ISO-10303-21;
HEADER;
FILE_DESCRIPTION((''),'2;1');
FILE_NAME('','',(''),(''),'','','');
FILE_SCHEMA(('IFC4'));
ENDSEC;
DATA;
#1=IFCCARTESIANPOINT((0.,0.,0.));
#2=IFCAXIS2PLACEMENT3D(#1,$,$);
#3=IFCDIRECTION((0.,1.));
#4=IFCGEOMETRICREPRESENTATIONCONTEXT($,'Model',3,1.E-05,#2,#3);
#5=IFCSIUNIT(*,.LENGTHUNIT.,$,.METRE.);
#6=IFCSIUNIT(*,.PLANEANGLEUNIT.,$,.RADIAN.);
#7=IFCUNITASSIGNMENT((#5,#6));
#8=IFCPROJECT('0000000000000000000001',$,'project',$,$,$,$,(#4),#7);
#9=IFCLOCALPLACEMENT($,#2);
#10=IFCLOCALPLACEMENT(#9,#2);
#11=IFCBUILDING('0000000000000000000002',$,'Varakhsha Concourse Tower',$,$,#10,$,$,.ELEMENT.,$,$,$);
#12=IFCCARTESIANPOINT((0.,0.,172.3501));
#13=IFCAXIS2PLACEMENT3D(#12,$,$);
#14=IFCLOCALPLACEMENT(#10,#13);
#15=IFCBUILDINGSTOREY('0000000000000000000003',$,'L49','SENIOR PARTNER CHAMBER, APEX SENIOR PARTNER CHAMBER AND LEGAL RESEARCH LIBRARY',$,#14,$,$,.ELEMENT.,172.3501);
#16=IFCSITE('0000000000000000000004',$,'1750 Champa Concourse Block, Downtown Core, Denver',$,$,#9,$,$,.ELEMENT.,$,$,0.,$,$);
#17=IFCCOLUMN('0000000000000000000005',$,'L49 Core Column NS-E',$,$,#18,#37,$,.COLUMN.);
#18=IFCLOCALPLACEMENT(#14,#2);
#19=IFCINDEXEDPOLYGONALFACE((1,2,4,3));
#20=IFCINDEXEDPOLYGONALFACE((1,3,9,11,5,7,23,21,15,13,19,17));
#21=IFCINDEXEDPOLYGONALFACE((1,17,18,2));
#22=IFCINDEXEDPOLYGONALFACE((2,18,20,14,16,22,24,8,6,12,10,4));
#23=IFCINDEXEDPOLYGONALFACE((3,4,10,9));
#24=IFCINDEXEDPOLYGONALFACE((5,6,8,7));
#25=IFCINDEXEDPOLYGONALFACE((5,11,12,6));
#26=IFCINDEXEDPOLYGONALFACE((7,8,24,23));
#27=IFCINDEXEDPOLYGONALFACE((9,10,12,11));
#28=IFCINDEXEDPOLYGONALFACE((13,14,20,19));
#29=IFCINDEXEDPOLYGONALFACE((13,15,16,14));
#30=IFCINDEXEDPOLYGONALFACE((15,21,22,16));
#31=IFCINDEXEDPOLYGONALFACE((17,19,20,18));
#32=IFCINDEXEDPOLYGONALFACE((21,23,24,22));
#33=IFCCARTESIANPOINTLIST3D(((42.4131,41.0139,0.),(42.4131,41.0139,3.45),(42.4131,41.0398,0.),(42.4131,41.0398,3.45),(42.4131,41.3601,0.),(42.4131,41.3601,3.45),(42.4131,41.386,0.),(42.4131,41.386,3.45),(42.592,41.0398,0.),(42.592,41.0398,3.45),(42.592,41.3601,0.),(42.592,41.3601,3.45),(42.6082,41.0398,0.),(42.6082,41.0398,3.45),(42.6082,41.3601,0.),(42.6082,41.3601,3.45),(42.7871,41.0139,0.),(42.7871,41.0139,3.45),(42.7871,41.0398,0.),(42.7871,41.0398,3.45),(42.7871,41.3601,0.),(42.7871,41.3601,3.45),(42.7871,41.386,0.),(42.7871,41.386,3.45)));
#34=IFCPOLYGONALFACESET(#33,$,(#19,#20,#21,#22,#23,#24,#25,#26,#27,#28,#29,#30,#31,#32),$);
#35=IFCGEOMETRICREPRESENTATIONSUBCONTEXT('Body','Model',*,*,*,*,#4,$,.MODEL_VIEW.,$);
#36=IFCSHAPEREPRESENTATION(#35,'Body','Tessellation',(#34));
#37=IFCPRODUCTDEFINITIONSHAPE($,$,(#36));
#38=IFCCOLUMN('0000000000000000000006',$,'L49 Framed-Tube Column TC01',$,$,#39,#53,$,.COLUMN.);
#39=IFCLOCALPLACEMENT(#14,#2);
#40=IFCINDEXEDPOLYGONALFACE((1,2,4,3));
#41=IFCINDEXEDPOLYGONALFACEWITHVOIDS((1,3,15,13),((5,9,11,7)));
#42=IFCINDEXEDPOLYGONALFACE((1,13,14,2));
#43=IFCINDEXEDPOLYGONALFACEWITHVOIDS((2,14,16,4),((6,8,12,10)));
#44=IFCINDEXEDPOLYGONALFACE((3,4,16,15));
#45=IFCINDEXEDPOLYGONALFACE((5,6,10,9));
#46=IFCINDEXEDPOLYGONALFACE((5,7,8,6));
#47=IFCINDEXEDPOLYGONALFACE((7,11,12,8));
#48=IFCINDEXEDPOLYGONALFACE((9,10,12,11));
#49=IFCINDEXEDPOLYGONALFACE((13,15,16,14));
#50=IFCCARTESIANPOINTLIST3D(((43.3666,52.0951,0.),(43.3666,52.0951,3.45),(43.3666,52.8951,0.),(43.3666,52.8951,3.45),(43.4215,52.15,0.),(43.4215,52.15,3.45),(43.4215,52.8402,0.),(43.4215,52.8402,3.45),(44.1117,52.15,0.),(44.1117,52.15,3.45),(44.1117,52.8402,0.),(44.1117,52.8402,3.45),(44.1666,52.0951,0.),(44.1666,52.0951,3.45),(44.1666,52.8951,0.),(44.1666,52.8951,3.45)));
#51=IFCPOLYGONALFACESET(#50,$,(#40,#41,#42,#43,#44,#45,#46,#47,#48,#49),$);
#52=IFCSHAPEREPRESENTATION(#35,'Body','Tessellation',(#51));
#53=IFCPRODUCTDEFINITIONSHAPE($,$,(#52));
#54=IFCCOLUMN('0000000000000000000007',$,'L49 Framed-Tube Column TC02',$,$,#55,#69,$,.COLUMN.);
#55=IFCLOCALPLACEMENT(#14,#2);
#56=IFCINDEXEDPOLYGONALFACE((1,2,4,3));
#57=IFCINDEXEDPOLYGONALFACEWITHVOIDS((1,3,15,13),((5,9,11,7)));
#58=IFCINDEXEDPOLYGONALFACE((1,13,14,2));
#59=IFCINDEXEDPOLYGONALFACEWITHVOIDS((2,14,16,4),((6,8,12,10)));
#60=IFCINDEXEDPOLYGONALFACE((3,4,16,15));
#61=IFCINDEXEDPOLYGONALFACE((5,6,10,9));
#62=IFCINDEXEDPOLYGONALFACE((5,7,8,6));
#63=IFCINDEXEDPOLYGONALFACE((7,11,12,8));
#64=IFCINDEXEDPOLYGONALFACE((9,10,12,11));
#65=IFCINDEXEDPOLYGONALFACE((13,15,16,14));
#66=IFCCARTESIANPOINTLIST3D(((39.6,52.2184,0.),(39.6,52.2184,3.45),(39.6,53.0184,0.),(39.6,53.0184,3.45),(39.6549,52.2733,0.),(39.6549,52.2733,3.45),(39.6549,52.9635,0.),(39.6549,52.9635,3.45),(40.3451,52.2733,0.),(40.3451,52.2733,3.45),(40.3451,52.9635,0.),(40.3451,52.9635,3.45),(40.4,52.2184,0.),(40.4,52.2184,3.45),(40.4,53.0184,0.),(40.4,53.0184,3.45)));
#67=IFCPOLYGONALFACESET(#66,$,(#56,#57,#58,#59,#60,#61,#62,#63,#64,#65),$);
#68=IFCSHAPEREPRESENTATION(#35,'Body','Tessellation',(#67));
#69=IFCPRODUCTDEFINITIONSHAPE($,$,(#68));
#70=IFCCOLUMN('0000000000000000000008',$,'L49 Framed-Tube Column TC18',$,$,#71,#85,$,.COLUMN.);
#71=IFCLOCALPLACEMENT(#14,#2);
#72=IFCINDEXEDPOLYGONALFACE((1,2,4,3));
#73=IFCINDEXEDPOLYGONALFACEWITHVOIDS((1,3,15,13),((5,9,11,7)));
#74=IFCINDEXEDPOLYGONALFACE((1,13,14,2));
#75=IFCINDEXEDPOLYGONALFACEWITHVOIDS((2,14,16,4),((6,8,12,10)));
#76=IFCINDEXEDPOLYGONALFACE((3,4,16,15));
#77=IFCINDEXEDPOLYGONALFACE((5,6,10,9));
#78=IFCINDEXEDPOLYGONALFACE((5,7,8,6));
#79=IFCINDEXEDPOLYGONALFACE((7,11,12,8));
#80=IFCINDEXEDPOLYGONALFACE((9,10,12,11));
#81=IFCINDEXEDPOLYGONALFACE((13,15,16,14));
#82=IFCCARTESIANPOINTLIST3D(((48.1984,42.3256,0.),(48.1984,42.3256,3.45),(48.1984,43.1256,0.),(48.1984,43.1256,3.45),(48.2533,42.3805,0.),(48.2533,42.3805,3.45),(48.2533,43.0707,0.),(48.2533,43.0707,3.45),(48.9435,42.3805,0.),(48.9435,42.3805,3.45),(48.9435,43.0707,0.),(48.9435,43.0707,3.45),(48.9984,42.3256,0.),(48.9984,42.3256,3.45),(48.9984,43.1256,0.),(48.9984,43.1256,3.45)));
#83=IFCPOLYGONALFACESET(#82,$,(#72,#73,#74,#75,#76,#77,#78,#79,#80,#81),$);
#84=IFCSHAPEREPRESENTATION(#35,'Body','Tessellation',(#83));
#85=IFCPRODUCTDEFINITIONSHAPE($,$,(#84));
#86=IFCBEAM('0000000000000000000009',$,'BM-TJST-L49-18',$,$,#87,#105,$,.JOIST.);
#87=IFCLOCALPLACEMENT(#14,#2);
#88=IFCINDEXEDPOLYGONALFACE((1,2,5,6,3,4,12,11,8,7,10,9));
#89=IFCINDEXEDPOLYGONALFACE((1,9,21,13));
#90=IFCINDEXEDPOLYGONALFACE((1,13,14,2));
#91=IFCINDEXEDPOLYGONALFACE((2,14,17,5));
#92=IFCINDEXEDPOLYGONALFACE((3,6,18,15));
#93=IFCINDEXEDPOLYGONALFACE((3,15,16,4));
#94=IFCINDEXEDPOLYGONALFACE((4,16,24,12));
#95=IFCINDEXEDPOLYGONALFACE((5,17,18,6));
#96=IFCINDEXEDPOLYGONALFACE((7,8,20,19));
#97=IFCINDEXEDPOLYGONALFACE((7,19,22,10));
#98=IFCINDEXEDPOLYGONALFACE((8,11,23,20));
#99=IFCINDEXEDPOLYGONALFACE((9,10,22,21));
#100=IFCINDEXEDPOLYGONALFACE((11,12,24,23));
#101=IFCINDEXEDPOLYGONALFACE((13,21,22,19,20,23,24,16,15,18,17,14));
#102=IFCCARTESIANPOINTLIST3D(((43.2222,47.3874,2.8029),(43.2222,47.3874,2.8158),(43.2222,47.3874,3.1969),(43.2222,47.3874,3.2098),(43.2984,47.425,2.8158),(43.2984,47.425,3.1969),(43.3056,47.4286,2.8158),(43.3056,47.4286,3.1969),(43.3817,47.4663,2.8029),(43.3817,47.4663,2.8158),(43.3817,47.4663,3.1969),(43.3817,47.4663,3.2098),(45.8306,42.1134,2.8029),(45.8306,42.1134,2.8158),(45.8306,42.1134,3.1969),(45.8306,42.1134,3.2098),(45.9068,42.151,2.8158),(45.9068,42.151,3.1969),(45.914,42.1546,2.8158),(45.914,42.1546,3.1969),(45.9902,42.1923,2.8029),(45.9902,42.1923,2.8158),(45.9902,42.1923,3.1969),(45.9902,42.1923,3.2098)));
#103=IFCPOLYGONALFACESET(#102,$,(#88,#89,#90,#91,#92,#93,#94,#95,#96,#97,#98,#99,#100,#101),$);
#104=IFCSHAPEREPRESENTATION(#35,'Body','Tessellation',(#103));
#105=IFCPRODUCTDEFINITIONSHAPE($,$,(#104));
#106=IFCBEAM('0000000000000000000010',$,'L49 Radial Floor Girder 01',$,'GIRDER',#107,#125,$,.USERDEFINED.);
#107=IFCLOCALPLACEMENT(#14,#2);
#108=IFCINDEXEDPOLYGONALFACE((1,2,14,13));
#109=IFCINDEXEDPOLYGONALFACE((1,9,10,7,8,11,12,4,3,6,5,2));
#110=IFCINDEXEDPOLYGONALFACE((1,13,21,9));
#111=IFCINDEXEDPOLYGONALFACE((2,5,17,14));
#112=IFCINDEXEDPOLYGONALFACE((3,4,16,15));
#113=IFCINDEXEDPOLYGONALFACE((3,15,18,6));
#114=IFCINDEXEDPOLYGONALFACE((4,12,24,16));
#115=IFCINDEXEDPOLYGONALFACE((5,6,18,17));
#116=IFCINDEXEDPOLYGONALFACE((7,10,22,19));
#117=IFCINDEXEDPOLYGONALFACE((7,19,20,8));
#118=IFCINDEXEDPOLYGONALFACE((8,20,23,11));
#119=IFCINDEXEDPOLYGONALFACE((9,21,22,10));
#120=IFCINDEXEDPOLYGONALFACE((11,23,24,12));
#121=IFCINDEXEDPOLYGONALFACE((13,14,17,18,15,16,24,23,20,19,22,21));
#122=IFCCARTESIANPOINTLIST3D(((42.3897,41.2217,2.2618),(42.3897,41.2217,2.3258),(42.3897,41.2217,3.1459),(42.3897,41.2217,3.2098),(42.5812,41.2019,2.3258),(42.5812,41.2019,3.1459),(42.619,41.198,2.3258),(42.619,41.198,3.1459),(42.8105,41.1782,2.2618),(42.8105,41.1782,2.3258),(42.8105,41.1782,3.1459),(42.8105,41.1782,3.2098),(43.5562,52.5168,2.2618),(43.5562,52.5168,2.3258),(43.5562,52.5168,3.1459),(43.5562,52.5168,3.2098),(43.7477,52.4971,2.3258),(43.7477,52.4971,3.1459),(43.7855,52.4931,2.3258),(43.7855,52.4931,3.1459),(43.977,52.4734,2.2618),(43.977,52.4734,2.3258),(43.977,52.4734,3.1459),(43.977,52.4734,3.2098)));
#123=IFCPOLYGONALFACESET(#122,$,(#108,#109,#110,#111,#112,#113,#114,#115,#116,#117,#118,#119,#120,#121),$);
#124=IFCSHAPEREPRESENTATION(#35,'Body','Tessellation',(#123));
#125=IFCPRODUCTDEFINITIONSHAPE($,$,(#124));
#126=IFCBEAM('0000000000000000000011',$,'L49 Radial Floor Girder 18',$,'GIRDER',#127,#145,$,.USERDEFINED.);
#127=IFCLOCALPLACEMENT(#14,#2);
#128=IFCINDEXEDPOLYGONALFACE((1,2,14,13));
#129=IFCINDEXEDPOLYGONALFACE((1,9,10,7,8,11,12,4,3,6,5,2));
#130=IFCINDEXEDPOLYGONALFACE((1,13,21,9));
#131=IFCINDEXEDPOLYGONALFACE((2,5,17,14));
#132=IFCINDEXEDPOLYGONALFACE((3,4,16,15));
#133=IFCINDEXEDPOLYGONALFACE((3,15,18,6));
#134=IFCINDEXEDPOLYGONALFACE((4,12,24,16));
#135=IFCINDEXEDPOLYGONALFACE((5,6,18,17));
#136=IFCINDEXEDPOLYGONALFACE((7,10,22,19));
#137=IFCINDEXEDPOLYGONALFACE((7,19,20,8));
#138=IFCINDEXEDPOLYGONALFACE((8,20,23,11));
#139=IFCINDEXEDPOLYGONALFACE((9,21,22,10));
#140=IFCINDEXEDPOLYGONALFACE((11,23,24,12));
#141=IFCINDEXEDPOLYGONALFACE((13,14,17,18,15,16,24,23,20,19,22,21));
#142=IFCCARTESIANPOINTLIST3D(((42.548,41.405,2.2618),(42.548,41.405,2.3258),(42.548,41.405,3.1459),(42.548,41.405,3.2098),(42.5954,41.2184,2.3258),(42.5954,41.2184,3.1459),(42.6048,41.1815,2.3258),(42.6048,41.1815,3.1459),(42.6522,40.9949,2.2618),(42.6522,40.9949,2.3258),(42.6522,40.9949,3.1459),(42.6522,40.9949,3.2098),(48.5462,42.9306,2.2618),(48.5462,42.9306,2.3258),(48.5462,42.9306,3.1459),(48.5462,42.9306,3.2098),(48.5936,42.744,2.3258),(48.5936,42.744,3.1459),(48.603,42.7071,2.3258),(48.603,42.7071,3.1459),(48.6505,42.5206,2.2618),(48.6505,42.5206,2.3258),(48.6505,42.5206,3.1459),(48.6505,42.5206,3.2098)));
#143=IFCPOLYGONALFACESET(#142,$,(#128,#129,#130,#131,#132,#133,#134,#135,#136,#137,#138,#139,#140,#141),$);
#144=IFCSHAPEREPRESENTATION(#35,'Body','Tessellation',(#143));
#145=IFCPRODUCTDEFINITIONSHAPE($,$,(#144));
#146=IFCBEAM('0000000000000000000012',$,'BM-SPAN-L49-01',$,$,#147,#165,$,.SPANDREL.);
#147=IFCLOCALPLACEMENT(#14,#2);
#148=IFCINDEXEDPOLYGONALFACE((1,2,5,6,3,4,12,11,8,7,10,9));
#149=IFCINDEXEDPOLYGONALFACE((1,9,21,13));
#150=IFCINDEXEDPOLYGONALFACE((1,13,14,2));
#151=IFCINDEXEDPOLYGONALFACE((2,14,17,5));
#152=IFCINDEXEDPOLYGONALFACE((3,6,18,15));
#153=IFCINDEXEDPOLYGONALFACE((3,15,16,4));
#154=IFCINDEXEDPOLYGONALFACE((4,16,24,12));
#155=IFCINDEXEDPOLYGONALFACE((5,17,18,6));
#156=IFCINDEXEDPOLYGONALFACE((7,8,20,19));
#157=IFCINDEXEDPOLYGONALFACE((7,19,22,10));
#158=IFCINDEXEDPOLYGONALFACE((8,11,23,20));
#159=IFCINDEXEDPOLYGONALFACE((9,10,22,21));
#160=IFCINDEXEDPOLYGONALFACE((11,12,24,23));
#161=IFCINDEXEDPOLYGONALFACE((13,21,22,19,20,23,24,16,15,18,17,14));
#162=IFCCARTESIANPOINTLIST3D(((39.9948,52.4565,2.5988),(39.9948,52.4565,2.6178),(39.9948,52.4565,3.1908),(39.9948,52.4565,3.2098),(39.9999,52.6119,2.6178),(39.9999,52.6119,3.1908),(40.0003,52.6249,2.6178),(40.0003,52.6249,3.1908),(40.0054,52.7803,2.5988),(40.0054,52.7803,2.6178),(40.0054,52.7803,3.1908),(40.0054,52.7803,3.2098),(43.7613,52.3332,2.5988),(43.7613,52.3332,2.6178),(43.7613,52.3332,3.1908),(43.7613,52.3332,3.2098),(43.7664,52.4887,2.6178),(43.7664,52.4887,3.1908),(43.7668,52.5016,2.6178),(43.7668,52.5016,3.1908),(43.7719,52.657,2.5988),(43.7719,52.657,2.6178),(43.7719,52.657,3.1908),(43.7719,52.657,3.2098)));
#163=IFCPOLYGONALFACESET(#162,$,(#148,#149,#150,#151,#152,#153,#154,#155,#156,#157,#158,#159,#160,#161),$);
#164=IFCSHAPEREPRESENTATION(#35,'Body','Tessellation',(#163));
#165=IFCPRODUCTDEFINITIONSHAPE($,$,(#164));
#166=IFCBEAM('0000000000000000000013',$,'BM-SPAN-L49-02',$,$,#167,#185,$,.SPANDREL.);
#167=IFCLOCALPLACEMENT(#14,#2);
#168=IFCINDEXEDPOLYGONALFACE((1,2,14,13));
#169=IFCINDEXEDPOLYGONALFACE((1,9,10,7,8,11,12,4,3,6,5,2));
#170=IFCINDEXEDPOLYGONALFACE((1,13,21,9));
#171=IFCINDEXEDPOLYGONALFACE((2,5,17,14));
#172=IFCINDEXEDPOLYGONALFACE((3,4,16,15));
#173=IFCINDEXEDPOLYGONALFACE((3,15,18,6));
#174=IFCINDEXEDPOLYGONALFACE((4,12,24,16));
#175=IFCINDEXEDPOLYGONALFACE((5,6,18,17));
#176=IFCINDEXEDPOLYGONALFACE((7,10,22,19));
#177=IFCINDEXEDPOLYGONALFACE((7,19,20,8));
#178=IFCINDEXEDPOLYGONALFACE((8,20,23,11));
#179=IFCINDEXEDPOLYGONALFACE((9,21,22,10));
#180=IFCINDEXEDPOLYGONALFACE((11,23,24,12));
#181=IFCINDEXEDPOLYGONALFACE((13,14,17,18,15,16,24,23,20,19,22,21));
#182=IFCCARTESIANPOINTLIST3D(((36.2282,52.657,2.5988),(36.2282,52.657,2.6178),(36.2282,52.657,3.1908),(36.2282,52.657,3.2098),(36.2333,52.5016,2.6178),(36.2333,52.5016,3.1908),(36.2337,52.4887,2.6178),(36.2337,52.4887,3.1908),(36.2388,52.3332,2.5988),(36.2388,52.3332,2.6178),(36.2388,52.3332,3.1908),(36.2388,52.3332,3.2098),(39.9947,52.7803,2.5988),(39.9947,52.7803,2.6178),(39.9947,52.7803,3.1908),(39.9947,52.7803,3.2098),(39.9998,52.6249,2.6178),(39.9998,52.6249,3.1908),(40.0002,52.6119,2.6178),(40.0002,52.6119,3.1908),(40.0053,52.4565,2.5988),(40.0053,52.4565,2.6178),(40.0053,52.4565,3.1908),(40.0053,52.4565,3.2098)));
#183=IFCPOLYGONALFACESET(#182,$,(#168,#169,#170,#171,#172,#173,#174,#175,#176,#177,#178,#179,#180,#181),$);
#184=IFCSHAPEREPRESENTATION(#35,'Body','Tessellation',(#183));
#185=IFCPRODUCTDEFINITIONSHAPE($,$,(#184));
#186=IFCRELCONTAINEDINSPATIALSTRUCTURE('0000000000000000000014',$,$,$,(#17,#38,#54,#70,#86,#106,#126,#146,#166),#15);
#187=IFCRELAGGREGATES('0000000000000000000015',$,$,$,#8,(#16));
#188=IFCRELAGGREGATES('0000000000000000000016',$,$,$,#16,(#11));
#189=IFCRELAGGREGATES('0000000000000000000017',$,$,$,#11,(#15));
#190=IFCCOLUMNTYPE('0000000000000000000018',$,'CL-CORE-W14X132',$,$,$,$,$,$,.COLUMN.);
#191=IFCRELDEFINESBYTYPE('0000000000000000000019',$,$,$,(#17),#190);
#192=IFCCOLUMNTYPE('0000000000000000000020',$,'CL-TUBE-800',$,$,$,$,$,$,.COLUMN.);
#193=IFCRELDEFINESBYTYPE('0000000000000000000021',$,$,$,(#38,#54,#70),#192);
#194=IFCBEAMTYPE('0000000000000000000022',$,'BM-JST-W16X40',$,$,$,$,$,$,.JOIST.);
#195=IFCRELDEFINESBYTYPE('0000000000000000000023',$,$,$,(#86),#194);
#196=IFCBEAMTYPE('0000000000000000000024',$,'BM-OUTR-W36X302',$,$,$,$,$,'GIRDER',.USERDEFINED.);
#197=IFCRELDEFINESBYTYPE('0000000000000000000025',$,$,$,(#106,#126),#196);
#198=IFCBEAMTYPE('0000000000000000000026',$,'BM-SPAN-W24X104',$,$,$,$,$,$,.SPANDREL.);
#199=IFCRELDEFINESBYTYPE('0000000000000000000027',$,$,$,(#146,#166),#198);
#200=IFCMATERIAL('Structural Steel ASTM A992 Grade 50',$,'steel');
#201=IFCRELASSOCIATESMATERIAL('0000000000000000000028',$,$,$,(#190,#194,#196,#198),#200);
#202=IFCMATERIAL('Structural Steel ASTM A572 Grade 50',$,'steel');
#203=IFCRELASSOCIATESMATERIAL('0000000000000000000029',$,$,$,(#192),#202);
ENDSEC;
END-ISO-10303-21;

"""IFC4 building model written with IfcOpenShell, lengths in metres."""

from ifc_helpers import new_model, si_unit, direction, frame, origin, origin_2d, place, context, subcontext, project, spatial, hollow_rectangle, i_section, extrude, material, material_profile, profile_set, type_object, element, save


model = new_model("IFC4")

# Units and contexts
model_context = context("Model", 3, precision=1e-05, world=origin(), true_north=direction((0.0, 1.0)))
body_context = subcontext(model_context, "Body", "Model", "MODEL_VIEW")
ifc_project = project(units=[si_unit("LENGTHUNIT", "METRE"), si_unit("PLANEANGLEUNIT", "RADIAN")], contexts=[model_context])

# Site, building, storey
site_placement = place(None, origin())
site = spatial("IfcSite", under=ifc_project, at=site_placement, Name="1750 Champa Concourse Block, Downtown Core, Denver", CompositionType="ELEMENT", RefElevation=0.0)
building_placement = place(site_placement, origin())
building = spatial("IfcBuilding", under=site, at=building_placement, Name="Varakhsha Concourse Tower", CompositionType="ELEMENT")
storey_placement = place(building_placement, frame((0.0, 0.0, 172.3501)))
storey = spatial("IfcBuildingStorey", under=building, at=storey_placement, Name="L49", Description="SENIOR PARTNER CHAMBER, APEX SENIOR PARTNER CHAMBER AND LEGAL RESEARCH LIBRARY", CompositionType="ELEMENT", Elevation=172.3501)

# Columns
ifc_material_1 = material(Name="Structural Steel ASTM A992 Grade 50", Category="steel")
ifc_material_profile_1 = material_profile(ifc_material_1, i_section(OverallWidth=0.374, OverallDepth=0.3721, WebThickness=0.0161, FlangeThickness=0.0259, at=origin_2d()), Name="W14X132")
ifc_profile_set_1 = profile_set([ifc_material_profile_1], Name="Structural Steel ASTM A992 Grade 50")
column_type_1 = type_object("IfcColumnType", Name="CL-CORE-W14X132", PredefinedType="COLUMN", material=ifc_profile_set_1)
column_placement = place(storey_placement, frame((42.6001, 41.2, 0.0), z_axis=(0.0, 0.0, 1.0), x_axis=(1.0, 0.0, 0.0)))
element("IfcColumn", 1, at=column_placement, inside=storey, type_object=column_type_1, Name="L49 Core Column NS-E", PredefinedType="COLUMN", context=body_context, shape_type="SweptSolid", body=[
    extrude(i_section(OverallWidth=0.374, OverallDepth=0.3721, WebThickness=0.0161, FlangeThickness=0.0259, at=origin_2d()), origin(), (0.0, 0.0, 1.0), 3.45),
])
ifc_material_2 = material(Name="Structural Steel ASTM A572 Grade 50", Category="steel")
ifc_material_profile_2 = material_profile(ifc_material_2, hollow_rectangle(XDim=0.8, YDim=0.8, WallThickness=0.0549, at=origin_2d()), Name="BOX 800x800x55")
ifc_profile_set_2 = profile_set([ifc_material_profile_2], Name="Structural Steel ASTM A572 Grade 50")
column_type_2 = type_object("IfcColumnType", Name="CL-TUBE-800", PredefinedType="COLUMN", material=ifc_profile_set_2)
for number, where, z_axis, x_axis, name in (
    (2, (43.7666, 52.4951, 0.0), (0.0, 0.0, 1.0), (1.0, 0.0, 0.0), "L49 Framed-Tube Column TC01"),
    (3, (40.0, 52.6184, 0.0), (0.0, 0.0, 1.0), (1.0, 0.0, 0.0), "L49 Framed-Tube Column TC02"),
    (4, (48.5984, 42.7256, 0.0), (0.0, 0.0, 1.0), (1.0, 0.0, 0.0), "L49 Framed-Tube Column TC18"),
):
    element("IfcColumn", number, at=place(storey_placement, frame(where, z_axis=z_axis, x_axis=x_axis)), inside=storey, type_object=column_type_2, Name=name, PredefinedType="COLUMN", context=body_context, shape_type="SweptSolid", body=[
        extrude(hollow_rectangle(XDim=0.8, YDim=0.8, WallThickness=0.0549, at=origin_2d()), origin(), (0.0, 0.0, 1.0), 3.45),
    ])

# Beams
ifc_material_profile_3 = material_profile(ifc_material_1, i_section(OverallWidth=0.178, OverallDepth=0.407, WebThickness=0.0081, FlangeThickness=0.0129, at=origin_2d()), Name="W16X40")
ifc_profile_set_3 = profile_set([ifc_material_profile_3], Name="Structural Steel ASTM A992 Grade 50")
beam_type_1 = type_object("IfcBeamType", Name="BM-JST-W16X40", PredefinedType="JOIST", material=ifc_profile_set_3)
beam_1_placement = place(storey_placement, frame((45.9104, 42.1528, 3.0063), z_axis=(-0.443326, 0.896361, 0.0), x_axis=(-0.896361, -0.443326, 0.0)))
element("IfcBeam", 5, at=beam_1_placement, inside=storey, type_object=beam_type_1, Name="BM-TJST-L49-18", PredefinedType="JOIST", context=body_context, shape_type="SweptSolid", body=[
    extrude(i_section(OverallWidth=0.178, OverallDepth=0.407, WebThickness=0.0081, FlangeThickness=0.0129, at=origin_2d()), origin(), (0.0, 0.0, 1.0), 5.8838),
])
ifc_material_profile_4 = material_profile(ifc_material_1, i_section(OverallWidth=0.4231, OverallDepth=0.948, WebThickness=0.0381, FlangeThickness=0.064, at=origin_2d()), Name="W36X302")
ifc_profile_set_4 = profile_set([ifc_material_profile_4], Name="Structural Steel ASTM A992 Grade 50")
beam_type_2 = type_object("IfcBeamType", Name="BM-OUTR-W36X302", ElementType="GIRDER", PredefinedType="USERDEFINED", material=ifc_profile_set_4)
beam_2_placement = place(storey_placement, frame((42.6001, 41.2, 2.7358), z_axis=(0.102728, 0.994709, 0.0), x_axis=(-0.994709, 0.102728, 0.0)))
element("IfcBeam", 6, at=beam_2_placement, inside=storey, type_object=beam_type_2, Name="L49 Radial Floor Girder 01", ObjectType="GIRDER", PredefinedType="USERDEFINED", context=body_context, shape_type="SweptSolid", body=[
    extrude(i_section(OverallWidth=0.4231, OverallDepth=0.948, WebThickness=0.0381, FlangeThickness=0.064, at=origin_2d()), origin(), (0.0, 0.0, 1.0), 11.3552),
])
beam_3_placement = place(storey_placement, frame((42.6001, 41.2, 2.7358), z_axis=(0.969144, 0.246497, 0.0), x_axis=(-0.246497, 0.969144, 0.0)))
element("IfcBeam", 7, at=beam_3_placement, inside=storey, type_object=beam_type_2, Name="L49 Radial Floor Girder 18", ObjectType="GIRDER", PredefinedType="USERDEFINED", context=body_context, shape_type="SweptSolid", body=[
    extrude(i_section(OverallWidth=0.4231, OverallDepth=0.948, WebThickness=0.0381, FlangeThickness=0.064, at=origin_2d()), origin(), (0.0, 0.0, 1.0), 6.1892),
])
ifc_material_profile_5 = material_profile(ifc_material_1, i_section(OverallWidth=0.324, OverallDepth=0.6111, WebThickness=0.0129, FlangeThickness=0.019, at=origin_2d()), Name="W24X104")
ifc_profile_set_5 = profile_set([ifc_material_profile_5], Name="Structural Steel ASTM A992 Grade 50")
beam_type_3 = type_object("IfcBeamType", Name="BM-SPAN-W24X104", PredefinedType="SPANDREL", material=ifc_profile_set_5)
for number, where, z_axis, x_axis, name in (
    (8, (43.7666, 52.4951, 2.9043), (-0.999465, 0.032715, 0.0), (-0.032715, -0.999465, 0.0), "BM-SPAN-L49-01"),
    (9, (40.0, 52.6184, 2.9043), (-0.999465, -0.032715, 0.0), (0.032715, -0.999465, 0.0), "BM-SPAN-L49-02"),
):
    element("IfcBeam", number, at=place(storey_placement, frame(where, z_axis=z_axis, x_axis=x_axis)), inside=storey, type_object=beam_type_3, Name=name, PredefinedType="SPANDREL", context=body_context, shape_type="SweptSolid", body=[
        extrude(i_section(OverallWidth=0.324, OverallDepth=0.6111, WebThickness=0.0129, FlangeThickness=0.019, at=origin_2d()), origin(), (0.0, 0.0, 1.0), 3.7686),
    ])

save(model, "model.ifc")
